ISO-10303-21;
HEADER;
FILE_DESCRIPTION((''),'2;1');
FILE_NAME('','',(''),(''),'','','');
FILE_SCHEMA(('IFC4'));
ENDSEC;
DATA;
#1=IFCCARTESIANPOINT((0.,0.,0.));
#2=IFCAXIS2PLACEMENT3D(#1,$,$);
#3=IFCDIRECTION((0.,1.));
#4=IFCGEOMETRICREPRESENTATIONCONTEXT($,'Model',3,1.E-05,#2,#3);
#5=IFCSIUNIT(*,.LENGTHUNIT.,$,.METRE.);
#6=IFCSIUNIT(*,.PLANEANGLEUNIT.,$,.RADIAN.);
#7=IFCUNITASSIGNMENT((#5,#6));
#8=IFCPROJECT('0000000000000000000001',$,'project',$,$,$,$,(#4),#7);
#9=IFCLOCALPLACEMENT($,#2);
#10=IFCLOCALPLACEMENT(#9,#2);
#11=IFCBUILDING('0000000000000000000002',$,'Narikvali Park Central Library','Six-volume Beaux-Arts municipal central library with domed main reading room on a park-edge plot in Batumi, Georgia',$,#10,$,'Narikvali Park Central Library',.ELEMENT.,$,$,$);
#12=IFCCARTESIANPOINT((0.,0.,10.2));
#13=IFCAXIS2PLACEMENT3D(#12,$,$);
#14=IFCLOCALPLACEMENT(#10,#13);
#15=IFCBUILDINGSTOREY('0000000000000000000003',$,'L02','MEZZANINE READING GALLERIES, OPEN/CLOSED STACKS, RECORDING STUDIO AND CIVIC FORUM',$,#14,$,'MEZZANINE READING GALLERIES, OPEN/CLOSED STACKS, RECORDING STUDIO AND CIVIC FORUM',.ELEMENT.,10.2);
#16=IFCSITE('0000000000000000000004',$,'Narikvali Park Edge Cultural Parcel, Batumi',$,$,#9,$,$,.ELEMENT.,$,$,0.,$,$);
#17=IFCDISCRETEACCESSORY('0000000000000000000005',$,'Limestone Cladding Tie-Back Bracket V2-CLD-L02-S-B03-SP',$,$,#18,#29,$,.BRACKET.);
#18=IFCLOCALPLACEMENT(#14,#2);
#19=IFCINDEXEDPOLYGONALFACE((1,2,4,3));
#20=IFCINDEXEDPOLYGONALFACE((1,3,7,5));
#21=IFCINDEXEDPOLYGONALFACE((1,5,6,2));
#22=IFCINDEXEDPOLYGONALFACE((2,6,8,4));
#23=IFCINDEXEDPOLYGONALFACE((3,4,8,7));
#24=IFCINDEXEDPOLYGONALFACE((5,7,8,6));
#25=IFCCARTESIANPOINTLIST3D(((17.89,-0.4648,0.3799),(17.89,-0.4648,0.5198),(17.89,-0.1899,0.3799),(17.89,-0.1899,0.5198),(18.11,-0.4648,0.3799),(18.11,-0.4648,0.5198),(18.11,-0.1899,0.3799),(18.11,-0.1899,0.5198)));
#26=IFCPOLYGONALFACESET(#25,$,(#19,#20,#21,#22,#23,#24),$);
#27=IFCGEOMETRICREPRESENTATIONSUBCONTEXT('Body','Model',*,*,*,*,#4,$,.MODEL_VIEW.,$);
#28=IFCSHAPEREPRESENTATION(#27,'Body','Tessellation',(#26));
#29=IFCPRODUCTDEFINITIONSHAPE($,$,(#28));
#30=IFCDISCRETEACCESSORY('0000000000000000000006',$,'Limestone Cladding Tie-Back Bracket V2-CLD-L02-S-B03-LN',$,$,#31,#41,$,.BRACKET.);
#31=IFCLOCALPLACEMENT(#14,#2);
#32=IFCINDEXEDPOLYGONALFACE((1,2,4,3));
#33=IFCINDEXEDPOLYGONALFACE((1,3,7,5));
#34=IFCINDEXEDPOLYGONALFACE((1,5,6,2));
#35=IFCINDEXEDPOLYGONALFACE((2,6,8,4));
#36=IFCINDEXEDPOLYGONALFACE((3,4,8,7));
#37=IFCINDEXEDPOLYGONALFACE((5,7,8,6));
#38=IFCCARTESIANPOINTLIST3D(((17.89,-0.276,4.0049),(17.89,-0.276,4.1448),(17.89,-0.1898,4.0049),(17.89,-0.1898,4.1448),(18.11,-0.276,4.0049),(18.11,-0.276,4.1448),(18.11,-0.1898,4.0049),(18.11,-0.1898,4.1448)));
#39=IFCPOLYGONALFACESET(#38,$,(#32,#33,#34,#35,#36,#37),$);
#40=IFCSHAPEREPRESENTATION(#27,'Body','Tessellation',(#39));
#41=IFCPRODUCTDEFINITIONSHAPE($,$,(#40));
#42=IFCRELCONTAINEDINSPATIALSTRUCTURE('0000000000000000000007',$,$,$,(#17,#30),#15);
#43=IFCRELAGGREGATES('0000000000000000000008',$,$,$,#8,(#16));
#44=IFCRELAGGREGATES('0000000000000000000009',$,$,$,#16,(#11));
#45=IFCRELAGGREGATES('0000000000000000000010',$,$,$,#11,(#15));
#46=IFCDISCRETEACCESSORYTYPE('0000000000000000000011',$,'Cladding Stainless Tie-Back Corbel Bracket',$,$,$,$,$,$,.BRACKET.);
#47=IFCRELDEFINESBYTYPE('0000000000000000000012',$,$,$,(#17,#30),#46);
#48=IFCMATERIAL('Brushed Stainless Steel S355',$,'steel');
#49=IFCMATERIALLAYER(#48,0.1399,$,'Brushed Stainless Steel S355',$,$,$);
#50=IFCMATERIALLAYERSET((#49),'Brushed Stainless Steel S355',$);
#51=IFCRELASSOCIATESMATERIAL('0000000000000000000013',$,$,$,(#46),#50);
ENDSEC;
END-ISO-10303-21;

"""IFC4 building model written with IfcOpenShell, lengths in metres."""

from ifc_helpers import new_model, si_unit, direction, frame, origin, origin_2d, place, context, subcontext, project, spatial, rectangle, extrude, material, layer, layer_set, type_object, element, save


model = new_model("IFC4")

# Units and contexts
model_context = context("Model", 3, precision=1e-05, world=origin(), true_north=direction((0.0, 1.0)))
body_context = subcontext(model_context, "Body", "Model", "MODEL_VIEW")
ifc_project = project(units=[si_unit("LENGTHUNIT", "METRE"), si_unit("PLANEANGLEUNIT", "RADIAN")], contexts=[model_context])

# Site, building, storey
site_placement = place(None, origin())
site = spatial("IfcSite", under=ifc_project, at=site_placement, Name="Narikvali Park Edge Cultural Parcel, Batumi", CompositionType="ELEMENT", RefElevation=0.0)
building_placement = place(site_placement, origin())
building = spatial("IfcBuilding", under=site, at=building_placement, Name="Narikvali Park Central Library", Description="Six-volume Beaux-Arts municipal central library with domed main reading room on a park-edge plot in Batumi, Georgia", LongName="Narikvali Park Central Library", CompositionType="ELEMENT")
storey_placement = place(building_placement, frame((0.0, 0.0, 10.2)))
storey = spatial("IfcBuildingStorey", under=building, at=storey_placement, Name="L02", Description="MEZZANINE READING GALLERIES, OPEN/CLOSED STACKS, RECORDING STUDIO AND CIVIC FORUM", LongName="MEZZANINE READING GALLERIES, OPEN/CLOSED STACKS, RECORDING STUDIO AND CIVIC FORUM", CompositionType="ELEMENT", Elevation=10.2)

# Discrete accessories
ifc_material_1 = material(Name="Brushed Stainless Steel S355", Category="steel")
ifc_layer_1 = layer(ifc_material_1, 0.1399, Name="Brushed Stainless Steel S355")
ifc_layer_set_1 = layer_set([ifc_layer_1], Name="Brushed Stainless Steel S355")
discrete_accessory_type = type_object("IfcDiscreteAccessoryType", Name="Cladding Stainless Tie-Back Corbel Bracket", PredefinedType="BRACKET", material=ifc_layer_set_1)
discrete_accessory_1_placement = place(storey_placement, frame((18.0, -0.3274, 0.3799), z_axis=(0.0, 0.0, 1.0), x_axis=(1.0, 0.0, 0.0)))
element("IfcDiscreteAccessory", 1, at=discrete_accessory_1_placement, inside=storey, type_object=discrete_accessory_type, Name="Limestone Cladding Tie-Back Bracket V2-CLD-L02-S-B03-SP", PredefinedType="BRACKET", context=body_context, shape_type="SweptSolid", body=[
    extrude(rectangle(XDim=0.22, YDim=0.2749, at=origin_2d()), origin(), (0.0, 0.0, 1.0), 0.1399),
])
discrete_accessory_2_placement = place(storey_placement, frame((18.0, -0.2329, 4.0049), z_axis=(0.0, 0.0, 1.0), x_axis=(1.0, 0.0, 0.0)))
element("IfcDiscreteAccessory", 2, at=discrete_accessory_2_placement, inside=storey, type_object=discrete_accessory_type, Name="Limestone Cladding Tie-Back Bracket V2-CLD-L02-S-B03-LN", PredefinedType="BRACKET", context=body_context, shape_type="SweptSolid", body=[
    extrude(rectangle(XDim=0.22, YDim=0.0862, at=origin_2d()), origin(), (0.0, 0.0, 1.0), 0.1399),
])

save(model, "model.ifc")
